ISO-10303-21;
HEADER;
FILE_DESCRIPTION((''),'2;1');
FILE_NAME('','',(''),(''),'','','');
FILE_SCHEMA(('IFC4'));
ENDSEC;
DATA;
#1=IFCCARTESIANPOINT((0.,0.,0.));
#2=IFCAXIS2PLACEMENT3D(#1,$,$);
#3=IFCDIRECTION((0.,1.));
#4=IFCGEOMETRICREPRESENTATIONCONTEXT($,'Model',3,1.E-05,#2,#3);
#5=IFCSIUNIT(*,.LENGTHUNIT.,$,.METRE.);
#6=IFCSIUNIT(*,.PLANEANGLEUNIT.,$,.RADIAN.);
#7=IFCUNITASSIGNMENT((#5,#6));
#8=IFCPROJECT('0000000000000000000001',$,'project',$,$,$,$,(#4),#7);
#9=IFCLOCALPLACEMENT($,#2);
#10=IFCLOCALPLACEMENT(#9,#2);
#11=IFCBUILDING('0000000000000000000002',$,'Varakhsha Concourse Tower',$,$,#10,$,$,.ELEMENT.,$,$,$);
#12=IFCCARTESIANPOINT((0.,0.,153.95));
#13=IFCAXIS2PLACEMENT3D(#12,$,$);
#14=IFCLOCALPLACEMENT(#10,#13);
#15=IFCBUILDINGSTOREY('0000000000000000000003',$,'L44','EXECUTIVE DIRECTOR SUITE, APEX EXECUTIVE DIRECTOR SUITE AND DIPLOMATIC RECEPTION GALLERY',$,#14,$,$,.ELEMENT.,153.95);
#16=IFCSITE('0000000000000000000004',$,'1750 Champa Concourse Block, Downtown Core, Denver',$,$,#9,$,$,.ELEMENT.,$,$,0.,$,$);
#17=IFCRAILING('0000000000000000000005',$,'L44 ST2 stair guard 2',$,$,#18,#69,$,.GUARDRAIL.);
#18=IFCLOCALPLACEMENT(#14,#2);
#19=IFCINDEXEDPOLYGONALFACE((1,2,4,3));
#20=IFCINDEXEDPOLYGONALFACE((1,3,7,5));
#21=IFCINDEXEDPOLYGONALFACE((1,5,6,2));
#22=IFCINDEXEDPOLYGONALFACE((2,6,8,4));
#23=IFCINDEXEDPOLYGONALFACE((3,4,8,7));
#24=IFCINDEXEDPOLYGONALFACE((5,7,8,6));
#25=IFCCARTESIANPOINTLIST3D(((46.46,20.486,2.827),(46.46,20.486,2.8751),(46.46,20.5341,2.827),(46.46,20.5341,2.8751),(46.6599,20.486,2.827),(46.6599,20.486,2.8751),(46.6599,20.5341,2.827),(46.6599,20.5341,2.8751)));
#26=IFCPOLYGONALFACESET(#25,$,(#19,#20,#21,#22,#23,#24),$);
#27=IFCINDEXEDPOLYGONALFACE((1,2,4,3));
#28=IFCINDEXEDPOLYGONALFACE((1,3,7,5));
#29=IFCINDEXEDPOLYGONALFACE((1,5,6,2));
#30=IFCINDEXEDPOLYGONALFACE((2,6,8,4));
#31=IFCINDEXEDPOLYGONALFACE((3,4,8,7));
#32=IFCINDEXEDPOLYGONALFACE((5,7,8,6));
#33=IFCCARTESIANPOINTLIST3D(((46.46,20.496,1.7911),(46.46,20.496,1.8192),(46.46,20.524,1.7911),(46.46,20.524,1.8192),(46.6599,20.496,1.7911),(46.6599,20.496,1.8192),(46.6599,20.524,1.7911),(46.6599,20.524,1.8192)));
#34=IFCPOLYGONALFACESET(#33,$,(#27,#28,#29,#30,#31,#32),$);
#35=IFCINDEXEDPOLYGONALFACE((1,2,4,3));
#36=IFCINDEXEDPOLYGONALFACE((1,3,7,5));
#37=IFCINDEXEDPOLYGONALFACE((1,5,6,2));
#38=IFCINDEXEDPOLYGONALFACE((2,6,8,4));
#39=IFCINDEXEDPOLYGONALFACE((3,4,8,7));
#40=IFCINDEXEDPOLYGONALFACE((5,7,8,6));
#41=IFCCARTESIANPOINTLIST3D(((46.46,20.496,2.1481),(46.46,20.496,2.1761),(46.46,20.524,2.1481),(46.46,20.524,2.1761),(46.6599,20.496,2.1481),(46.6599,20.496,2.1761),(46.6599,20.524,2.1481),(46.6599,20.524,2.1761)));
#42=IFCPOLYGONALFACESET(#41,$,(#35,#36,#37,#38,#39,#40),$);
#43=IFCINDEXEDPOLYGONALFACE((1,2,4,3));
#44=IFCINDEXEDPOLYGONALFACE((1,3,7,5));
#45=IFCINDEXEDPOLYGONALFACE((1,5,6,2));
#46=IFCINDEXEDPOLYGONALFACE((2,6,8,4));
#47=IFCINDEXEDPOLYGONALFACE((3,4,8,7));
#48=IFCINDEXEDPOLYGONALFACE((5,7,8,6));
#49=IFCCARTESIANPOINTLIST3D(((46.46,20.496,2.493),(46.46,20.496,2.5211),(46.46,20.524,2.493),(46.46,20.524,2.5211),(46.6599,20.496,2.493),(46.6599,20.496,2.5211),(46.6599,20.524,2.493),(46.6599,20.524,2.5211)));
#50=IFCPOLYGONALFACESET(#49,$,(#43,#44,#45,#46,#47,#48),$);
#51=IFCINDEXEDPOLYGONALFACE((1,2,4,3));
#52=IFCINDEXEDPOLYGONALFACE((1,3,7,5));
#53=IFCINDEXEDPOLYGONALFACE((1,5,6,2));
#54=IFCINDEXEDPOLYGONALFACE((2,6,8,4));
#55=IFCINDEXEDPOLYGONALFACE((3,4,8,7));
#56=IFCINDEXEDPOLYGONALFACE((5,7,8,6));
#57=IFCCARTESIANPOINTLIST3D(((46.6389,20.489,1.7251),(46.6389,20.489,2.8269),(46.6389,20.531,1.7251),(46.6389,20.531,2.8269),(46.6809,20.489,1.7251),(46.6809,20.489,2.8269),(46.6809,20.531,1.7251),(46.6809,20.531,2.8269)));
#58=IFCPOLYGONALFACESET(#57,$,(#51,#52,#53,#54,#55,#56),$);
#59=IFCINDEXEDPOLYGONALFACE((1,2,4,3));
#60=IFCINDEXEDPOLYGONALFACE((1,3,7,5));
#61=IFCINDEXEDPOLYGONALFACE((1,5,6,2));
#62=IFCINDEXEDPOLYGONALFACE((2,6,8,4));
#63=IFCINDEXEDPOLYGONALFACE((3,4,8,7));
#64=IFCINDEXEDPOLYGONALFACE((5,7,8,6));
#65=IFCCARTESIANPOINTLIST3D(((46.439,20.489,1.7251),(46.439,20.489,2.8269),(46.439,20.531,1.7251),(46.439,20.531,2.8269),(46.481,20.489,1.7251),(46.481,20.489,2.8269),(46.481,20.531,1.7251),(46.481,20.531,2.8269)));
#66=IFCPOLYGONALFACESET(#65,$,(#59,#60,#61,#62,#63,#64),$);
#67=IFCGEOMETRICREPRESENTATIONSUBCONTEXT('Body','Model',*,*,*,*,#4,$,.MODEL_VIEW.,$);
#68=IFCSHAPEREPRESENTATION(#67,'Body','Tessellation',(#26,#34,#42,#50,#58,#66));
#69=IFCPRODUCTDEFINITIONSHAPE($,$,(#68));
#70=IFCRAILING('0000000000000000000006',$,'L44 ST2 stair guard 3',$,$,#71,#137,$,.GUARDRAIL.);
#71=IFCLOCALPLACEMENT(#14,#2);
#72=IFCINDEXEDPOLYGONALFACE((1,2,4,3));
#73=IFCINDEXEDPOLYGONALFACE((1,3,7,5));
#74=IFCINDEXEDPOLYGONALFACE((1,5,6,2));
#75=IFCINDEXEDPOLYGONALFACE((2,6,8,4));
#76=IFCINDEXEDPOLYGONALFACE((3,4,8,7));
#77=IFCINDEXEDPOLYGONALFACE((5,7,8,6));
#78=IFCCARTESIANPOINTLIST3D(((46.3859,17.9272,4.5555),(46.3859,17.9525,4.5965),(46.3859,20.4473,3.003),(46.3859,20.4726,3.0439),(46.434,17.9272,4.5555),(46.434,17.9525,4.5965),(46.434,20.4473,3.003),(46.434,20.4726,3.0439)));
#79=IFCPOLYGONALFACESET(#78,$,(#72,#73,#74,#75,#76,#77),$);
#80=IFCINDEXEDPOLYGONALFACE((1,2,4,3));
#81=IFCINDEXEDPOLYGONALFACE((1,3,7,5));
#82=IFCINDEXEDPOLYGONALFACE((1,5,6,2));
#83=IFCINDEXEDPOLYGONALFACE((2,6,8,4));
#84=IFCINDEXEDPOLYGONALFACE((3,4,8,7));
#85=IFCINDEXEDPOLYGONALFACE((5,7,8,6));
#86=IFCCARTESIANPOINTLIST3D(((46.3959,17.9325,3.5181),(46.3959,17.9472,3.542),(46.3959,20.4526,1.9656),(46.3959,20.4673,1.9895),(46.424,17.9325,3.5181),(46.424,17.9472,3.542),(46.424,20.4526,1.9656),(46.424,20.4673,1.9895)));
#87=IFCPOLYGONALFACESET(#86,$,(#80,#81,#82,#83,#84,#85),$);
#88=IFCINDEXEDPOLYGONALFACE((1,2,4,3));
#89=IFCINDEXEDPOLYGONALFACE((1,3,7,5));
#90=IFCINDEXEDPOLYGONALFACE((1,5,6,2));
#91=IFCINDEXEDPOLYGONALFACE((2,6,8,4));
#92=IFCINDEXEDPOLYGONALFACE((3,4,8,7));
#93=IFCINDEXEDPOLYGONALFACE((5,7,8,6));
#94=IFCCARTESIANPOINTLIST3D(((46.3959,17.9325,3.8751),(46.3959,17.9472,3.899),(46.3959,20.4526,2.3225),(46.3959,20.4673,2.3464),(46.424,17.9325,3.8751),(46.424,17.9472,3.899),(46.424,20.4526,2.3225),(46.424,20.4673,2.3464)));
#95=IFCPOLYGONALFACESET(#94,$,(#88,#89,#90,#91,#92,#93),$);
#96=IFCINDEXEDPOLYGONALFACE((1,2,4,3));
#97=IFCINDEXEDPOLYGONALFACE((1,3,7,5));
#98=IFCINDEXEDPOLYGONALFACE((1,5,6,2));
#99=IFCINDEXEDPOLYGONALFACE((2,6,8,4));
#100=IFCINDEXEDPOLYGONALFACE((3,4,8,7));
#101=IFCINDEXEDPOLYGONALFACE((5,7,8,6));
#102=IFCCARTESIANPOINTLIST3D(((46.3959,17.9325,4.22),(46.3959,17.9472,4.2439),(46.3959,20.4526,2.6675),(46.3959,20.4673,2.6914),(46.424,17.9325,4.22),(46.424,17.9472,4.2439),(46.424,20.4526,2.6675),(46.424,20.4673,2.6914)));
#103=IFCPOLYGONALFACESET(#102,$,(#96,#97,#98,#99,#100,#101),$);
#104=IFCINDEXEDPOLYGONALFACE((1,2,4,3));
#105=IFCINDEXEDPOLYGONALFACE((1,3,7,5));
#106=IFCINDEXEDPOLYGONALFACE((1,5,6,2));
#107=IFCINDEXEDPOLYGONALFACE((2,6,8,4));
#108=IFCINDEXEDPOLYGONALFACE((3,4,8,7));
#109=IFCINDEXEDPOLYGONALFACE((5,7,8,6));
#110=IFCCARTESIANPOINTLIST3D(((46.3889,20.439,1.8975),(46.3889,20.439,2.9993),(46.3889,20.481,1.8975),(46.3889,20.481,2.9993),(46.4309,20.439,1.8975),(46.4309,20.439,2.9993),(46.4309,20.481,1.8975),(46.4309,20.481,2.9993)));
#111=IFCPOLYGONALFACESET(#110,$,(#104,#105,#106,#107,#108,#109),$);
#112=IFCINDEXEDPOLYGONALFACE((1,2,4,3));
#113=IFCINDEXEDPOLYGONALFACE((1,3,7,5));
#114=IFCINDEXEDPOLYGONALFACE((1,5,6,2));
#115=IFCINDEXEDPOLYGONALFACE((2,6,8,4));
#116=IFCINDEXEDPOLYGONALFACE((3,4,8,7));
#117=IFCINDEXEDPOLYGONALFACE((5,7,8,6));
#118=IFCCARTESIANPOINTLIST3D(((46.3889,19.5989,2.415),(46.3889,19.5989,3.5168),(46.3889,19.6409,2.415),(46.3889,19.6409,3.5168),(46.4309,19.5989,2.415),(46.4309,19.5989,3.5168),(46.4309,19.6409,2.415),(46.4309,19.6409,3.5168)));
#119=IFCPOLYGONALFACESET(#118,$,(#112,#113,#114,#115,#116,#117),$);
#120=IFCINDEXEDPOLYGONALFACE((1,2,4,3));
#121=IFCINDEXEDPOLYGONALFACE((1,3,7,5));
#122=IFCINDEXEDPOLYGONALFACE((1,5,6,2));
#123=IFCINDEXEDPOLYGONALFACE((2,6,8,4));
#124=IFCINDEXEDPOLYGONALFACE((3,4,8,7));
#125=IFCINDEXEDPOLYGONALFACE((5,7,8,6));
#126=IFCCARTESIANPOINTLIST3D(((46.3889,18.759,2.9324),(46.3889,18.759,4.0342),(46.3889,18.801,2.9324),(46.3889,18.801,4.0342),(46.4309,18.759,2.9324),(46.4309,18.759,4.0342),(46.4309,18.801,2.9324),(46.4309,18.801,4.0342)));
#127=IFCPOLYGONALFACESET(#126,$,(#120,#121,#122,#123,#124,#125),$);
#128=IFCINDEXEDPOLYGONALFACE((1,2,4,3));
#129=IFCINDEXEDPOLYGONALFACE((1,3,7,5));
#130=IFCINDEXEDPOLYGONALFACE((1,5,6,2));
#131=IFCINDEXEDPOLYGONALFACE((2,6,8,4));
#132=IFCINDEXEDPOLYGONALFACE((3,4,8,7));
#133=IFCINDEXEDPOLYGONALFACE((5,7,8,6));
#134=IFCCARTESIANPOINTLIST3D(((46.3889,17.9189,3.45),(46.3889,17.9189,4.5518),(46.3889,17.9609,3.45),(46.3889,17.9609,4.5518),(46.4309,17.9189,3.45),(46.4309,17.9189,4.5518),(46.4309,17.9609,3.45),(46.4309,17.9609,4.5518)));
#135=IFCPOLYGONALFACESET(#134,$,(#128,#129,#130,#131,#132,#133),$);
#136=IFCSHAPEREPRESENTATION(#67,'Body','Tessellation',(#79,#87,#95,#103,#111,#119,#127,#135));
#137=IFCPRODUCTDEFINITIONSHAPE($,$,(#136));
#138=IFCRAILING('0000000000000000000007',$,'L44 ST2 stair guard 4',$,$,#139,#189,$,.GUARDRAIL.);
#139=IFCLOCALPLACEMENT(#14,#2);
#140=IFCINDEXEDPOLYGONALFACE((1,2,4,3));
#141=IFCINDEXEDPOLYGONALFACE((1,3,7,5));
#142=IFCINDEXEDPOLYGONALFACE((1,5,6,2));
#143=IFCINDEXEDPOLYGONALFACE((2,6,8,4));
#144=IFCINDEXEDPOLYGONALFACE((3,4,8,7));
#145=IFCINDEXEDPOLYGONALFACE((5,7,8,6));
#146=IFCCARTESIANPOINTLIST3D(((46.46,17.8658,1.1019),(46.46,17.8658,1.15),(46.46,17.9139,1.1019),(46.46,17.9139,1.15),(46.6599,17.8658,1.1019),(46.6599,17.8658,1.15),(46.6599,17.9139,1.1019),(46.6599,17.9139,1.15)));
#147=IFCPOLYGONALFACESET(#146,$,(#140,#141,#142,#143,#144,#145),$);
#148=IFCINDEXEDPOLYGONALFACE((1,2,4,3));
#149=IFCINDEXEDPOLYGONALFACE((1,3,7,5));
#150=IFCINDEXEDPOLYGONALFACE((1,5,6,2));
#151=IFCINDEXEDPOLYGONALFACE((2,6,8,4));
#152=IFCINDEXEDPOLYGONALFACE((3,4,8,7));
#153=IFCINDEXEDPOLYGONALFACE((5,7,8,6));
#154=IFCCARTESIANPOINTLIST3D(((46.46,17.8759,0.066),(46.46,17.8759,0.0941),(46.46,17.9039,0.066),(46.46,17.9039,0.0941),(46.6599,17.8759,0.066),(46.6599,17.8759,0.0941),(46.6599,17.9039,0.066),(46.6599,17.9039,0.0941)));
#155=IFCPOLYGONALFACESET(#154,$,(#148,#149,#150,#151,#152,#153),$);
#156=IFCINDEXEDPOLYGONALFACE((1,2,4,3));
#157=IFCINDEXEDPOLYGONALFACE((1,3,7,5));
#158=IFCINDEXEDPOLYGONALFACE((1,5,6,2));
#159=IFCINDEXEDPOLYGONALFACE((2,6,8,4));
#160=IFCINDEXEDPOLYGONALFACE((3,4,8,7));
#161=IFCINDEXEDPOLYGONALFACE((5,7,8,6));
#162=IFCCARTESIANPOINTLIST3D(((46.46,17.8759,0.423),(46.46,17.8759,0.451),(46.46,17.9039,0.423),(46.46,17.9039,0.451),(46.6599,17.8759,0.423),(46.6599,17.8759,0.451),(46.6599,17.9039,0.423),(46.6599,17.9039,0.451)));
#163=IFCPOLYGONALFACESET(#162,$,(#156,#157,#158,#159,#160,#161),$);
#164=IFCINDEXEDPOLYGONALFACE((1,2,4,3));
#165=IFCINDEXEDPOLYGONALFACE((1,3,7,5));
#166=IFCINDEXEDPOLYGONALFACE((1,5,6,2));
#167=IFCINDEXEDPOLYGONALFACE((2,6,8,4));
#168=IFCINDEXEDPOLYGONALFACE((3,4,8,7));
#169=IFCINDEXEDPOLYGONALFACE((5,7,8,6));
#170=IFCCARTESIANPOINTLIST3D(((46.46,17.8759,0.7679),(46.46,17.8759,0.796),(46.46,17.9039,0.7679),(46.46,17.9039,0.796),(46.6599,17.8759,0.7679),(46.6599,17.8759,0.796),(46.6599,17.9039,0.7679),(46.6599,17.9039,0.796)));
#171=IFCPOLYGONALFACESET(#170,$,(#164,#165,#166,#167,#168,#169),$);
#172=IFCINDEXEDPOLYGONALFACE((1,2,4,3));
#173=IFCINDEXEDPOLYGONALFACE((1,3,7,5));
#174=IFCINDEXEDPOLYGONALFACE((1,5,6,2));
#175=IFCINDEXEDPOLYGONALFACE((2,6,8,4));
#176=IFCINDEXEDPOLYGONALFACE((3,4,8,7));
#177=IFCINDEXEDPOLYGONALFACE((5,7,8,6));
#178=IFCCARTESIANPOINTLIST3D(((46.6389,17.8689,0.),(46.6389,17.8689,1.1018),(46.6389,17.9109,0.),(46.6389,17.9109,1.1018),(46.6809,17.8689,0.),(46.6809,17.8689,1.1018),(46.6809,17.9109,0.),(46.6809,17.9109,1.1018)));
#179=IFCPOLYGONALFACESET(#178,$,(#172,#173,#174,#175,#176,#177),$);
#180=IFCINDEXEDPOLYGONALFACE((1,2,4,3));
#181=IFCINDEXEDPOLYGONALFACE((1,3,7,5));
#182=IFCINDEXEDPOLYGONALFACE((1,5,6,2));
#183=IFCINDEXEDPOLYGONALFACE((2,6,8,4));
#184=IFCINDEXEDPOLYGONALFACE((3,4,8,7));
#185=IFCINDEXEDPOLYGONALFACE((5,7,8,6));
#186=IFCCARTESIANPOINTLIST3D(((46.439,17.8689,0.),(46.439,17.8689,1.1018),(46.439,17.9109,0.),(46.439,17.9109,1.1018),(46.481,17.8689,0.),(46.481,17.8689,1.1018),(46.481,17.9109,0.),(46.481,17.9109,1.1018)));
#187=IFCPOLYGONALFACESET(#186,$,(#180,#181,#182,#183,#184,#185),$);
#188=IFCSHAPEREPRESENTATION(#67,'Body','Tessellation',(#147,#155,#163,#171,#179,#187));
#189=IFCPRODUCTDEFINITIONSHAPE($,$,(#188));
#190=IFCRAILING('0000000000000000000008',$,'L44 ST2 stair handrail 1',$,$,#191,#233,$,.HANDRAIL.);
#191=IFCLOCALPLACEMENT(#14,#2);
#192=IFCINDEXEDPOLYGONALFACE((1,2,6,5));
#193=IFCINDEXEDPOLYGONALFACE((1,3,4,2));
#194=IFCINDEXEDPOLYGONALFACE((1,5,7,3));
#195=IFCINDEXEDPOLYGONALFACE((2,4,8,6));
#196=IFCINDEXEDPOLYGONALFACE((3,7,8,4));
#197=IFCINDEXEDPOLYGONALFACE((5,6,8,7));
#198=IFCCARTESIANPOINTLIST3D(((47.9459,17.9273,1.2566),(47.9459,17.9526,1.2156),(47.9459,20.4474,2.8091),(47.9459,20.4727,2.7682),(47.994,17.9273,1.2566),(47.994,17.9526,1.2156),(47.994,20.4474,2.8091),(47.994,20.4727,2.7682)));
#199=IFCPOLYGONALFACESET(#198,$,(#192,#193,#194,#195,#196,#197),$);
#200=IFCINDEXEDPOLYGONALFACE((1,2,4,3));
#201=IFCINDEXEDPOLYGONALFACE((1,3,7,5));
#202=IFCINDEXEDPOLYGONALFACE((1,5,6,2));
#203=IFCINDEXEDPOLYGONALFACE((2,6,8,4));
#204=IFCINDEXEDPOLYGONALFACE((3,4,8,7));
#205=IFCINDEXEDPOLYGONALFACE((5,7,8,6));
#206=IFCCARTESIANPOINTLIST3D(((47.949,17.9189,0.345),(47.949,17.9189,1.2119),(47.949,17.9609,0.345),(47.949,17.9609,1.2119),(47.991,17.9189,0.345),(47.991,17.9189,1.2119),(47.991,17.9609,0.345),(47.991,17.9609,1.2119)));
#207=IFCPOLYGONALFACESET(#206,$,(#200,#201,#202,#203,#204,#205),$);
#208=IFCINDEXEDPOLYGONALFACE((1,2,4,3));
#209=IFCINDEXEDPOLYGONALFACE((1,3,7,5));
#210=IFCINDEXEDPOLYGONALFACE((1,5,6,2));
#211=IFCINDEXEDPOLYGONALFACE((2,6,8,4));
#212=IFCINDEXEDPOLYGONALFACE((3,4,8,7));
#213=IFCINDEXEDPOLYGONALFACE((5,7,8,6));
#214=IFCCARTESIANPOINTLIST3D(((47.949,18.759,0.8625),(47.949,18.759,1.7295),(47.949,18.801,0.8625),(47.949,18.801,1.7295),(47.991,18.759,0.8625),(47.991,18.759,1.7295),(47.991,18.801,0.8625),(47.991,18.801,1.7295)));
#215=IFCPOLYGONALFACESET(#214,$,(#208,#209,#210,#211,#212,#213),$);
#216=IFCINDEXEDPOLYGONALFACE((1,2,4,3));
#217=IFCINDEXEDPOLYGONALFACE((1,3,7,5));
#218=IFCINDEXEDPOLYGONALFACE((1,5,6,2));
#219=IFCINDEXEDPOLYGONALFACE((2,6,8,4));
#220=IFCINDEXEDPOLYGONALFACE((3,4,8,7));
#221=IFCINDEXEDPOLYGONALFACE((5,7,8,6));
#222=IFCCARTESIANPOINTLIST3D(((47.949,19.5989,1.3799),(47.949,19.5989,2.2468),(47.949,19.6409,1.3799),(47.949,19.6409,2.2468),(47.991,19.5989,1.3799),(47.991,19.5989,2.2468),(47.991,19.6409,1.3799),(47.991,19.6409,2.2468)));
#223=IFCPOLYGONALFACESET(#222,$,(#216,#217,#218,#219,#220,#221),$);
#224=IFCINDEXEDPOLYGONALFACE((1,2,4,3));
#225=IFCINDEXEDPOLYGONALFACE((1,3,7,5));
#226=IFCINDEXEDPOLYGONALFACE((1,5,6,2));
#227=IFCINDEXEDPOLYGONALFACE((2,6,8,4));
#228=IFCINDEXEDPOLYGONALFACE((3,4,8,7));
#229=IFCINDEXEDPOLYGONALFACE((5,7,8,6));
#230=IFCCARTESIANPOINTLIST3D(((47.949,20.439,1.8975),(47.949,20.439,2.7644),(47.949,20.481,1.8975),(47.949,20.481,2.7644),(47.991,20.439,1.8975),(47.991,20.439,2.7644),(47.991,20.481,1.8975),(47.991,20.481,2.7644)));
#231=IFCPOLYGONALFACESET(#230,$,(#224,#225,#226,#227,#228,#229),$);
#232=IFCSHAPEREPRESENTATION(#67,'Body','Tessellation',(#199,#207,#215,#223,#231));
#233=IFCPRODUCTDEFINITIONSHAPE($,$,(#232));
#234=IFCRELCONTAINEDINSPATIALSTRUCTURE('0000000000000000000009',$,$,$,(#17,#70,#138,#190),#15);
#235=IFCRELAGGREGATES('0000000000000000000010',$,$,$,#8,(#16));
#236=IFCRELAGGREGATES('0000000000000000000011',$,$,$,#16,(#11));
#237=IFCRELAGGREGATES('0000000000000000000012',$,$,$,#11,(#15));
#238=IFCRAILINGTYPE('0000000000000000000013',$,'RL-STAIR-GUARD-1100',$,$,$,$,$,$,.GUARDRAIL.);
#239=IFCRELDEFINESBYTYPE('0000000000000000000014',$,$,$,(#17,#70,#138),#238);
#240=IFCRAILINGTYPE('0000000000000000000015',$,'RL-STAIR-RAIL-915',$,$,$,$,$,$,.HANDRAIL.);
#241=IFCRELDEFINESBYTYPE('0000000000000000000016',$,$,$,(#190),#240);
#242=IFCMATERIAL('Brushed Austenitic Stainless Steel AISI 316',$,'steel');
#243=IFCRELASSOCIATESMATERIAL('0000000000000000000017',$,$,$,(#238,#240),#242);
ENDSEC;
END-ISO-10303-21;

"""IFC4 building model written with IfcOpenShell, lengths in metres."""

from ifc_helpers import new_model, si_unit, direction, frame, origin, origin_2d, place, context, subcontext, project, spatial, rectangle, extrude, material, type_object, element, save


model = new_model("IFC4")

# Units and contexts
model_context = context("Model", 3, precision=1e-05, world=origin(), true_north=direction((0.0, 1.0)))
body_context = subcontext(model_context, "Body", "Model", "MODEL_VIEW")
ifc_project = project(units=[si_unit("LENGTHUNIT", "METRE"), si_unit("PLANEANGLEUNIT", "RADIAN")], contexts=[model_context])

# Site, building, storey
site_placement = place(None, origin())
site = spatial("IfcSite", under=ifc_project, at=site_placement, Name="1750 Champa Concourse Block, Downtown Core, Denver", CompositionType="ELEMENT", RefElevation=0.0)
building_placement = place(site_placement, origin())
building = spatial("IfcBuilding", under=site, at=building_placement, Name="Varakhsha Concourse Tower", CompositionType="ELEMENT")
storey_placement = place(building_placement, frame((0.0, 0.0, 153.95)))
storey = spatial("IfcBuildingStorey", under=building, at=storey_placement, Name="L44", Description="EXECUTIVE DIRECTOR SUITE, APEX EXECUTIVE DIRECTOR SUITE AND DIPLOMATIC RECEPTION GALLERY", CompositionType="ELEMENT", Elevation=153.95)

# Railings
ifc_material_1 = material(Name="Brushed Austenitic Stainless Steel AISI 316", Category="steel")
railing_type_1 = type_object("IfcRailingType", Name="RL-STAIR-GUARD-1100", PredefinedType="GUARDRAIL", material=ifc_material_1)
railing_1_placement = place(storey_placement, frame((46.6599, 20.51, 1.7251)))
element("IfcRailing", 1, at=railing_1_placement, inside=storey, type_object=railing_type_1, Name="L44 ST2 stair guard 2", PredefinedType="GUARDRAIL", context=body_context, shape_type="SweptSolid", body=[
    extrude(rectangle(XDim=0.0481, YDim=0.0481, at=origin_2d()), frame((0.0, 0.0, 1.126), z_axis=(-1.0, 0.0, 0.0), x_axis=(0.0, -1.0, 0.0)), (0.0, 0.0, 1.0), 0.2),
    extrude(rectangle(XDim=0.0281, YDim=0.0281, at=origin_2d()), frame((0.0, 0.0, 0.0801), z_axis=(-1.0, 0.0, 0.0), x_axis=(0.0, -1.0, 0.0)), (0.0, 0.0, 1.0), 0.2),
    extrude(rectangle(XDim=0.0281, YDim=0.0281, at=origin_2d()), frame((0.0, 0.0, 0.437), z_axis=(-1.0, 0.0, 0.0), x_axis=(0.0, -1.0, 0.0)), (0.0, 0.0, 1.0), 0.2),
    extrude(rectangle(XDim=0.0281, YDim=0.0281, at=origin_2d()), frame((0.0, 0.0, 0.782), z_axis=(-1.0, 0.0, 0.0), x_axis=(0.0, -1.0, 0.0)), (0.0, 0.0, 1.0), 0.2),
    extrude(rectangle(XDim=0.042, YDim=0.042, at=origin_2d()), origin(), (0.0, 0.0, 1.0), 1.1018),
    extrude(rectangle(XDim=0.042, YDim=0.042, at=origin_2d()), frame((-0.2, 0.0, 0.0)), (0.0, 0.0, 1.0), 1.1018),
])
railing_2_placement = place(storey_placement, frame((46.4099, 20.46, 1.8975)))
element("IfcRailing", 2, at=railing_2_placement, inside=storey, type_object=railing_type_1, Name="L44 ST2 stair guard 3", PredefinedType="GUARDRAIL", context=body_context, shape_type="SweptSolid", body=[
    extrude(rectangle(XDim=0.0481, YDim=0.0481, at=origin_2d()), frame((0.0, 0.0, 1.126), z_axis=(0.0, -0.8514, 0.524516), x_axis=(1.0, 0.0, 0.0)), (0.0, 0.0, 1.0), 2.96),
    extrude(rectangle(XDim=0.0281, YDim=0.0281, at=origin_2d()), frame((0.0, 0.0, 0.0801), z_axis=(0.0, -0.8514, 0.524516), x_axis=(1.0, 0.0, 0.0)), (0.0, 0.0, 1.0), 2.96),
    extrude(rectangle(XDim=0.0281, YDim=0.0281, at=origin_2d()), frame((0.0, 0.0, 0.437), z_axis=(0.0, -0.8514, 0.524516), x_axis=(1.0, 0.0, 0.0)), (0.0, 0.0, 1.0), 2.96),
    extrude(rectangle(XDim=0.0281, YDim=0.0281, at=origin_2d()), frame((0.0, 0.0, 0.782), z_axis=(0.0, -0.8514, 0.524516), x_axis=(1.0, 0.0, 0.0)), (0.0, 0.0, 1.0), 2.96),
    extrude(rectangle(XDim=0.042, YDim=0.042, at=origin_2d()), origin(), (0.0, 0.0, 1.0), 1.1018),
    extrude(rectangle(XDim=0.042, YDim=0.042, at=origin_2d()), frame((0.0, -0.8401, 0.5176)), (0.0, 0.0, 1.0), 1.1018),
    extrude(rectangle(XDim=0.042, YDim=0.042, at=origin_2d()), frame((0.0, -1.6799, 1.0349)), (0.0, 0.0, 1.0), 1.1018),
    extrude(rectangle(XDim=0.042, YDim=0.042, at=origin_2d()), frame((0.0, -2.52, 1.5525)), (0.0, 0.0, 1.0), 1.1018),
])
railing_3_placement = place(storey_placement, frame((46.6599, 17.8899, 0.0)))
element("IfcRailing", 3, at=railing_3_placement, inside=storey, type_object=railing_type_1, Name="L44 ST2 stair guard 4", PredefinedType="GUARDRAIL", context=body_context, shape_type="SweptSolid", body=[
    extrude(rectangle(XDim=0.0481, YDim=0.0481, at=origin_2d()), frame((0.0, 0.0, 1.126), z_axis=(-1.0, 0.0, 0.0), x_axis=(0.0, -1.0, 0.0)), (0.0, 0.0, 1.0), 0.2),
    extrude(rectangle(XDim=0.0281, YDim=0.0281, at=origin_2d()), frame((0.0, 0.0, 0.0801), z_axis=(-1.0, 0.0, 0.0), x_axis=(0.0, -1.0, 0.0)), (0.0, 0.0, 1.0), 0.2),
    extrude(rectangle(XDim=0.0281, YDim=0.0281, at=origin_2d()), frame((0.0, 0.0, 0.437), z_axis=(-1.0, 0.0, 0.0), x_axis=(0.0, -1.0, 0.0)), (0.0, 0.0, 1.0), 0.2),
    extrude(rectangle(XDim=0.0281, YDim=0.0281, at=origin_2d()), frame((0.0, 0.0, 0.782), z_axis=(-1.0, 0.0, 0.0), x_axis=(0.0, -1.0, 0.0)), (0.0, 0.0, 1.0), 0.2),
    extrude(rectangle(XDim=0.042, YDim=0.042, at=origin_2d()), origin(), (0.0, 0.0, 1.0), 1.1018),
    extrude(rectangle(XDim=0.042, YDim=0.042, at=origin_2d()), frame((-0.2, 0.0, 0.0)), (0.0, 0.0, 1.0), 1.1018),
])
railing_type_2 = type_object("IfcRailingType", Name="RL-STAIR-RAIL-915", PredefinedType="HANDRAIL", material=ifc_material_1)
railing_4_placement = place(storey_placement, frame((47.97, 17.9399, 0.345)))
element("IfcRailing", 4, at=railing_4_placement, inside=storey, type_object=railing_type_2, Name="L44 ST2 stair handrail 1", PredefinedType="HANDRAIL", context=body_context, shape_type="SweptSolid", body=[
    extrude(rectangle(XDim=0.0481, YDim=0.0481, at=origin_2d()), frame((0.0, 0.0, 0.8911), z_axis=(0.0, 0.8514, 0.524516), x_axis=(-1.0, 0.0, 0.0)), (0.0, 0.0, 1.0), 2.96),
    extrude(rectangle(XDim=0.042, YDim=0.042, at=origin_2d()), origin(), (0.0, 0.0, 1.0), 0.8669),
    extrude(rectangle(XDim=0.042, YDim=0.042, at=origin_2d()), frame((0.0, 0.8401, 0.5176)), (0.0, 0.0, 1.0), 0.8669),
    extrude(rectangle(XDim=0.042, YDim=0.042, at=origin_2d()), frame((0.0, 1.6799, 1.0349)), (0.0, 0.0, 1.0), 0.8669),
    extrude(rectangle(XDim=0.042, YDim=0.042, at=origin_2d()), frame((0.0, 2.52, 1.5525)), (0.0, 0.0, 1.0), 0.8669),
])

save(model, "model.ifc")
